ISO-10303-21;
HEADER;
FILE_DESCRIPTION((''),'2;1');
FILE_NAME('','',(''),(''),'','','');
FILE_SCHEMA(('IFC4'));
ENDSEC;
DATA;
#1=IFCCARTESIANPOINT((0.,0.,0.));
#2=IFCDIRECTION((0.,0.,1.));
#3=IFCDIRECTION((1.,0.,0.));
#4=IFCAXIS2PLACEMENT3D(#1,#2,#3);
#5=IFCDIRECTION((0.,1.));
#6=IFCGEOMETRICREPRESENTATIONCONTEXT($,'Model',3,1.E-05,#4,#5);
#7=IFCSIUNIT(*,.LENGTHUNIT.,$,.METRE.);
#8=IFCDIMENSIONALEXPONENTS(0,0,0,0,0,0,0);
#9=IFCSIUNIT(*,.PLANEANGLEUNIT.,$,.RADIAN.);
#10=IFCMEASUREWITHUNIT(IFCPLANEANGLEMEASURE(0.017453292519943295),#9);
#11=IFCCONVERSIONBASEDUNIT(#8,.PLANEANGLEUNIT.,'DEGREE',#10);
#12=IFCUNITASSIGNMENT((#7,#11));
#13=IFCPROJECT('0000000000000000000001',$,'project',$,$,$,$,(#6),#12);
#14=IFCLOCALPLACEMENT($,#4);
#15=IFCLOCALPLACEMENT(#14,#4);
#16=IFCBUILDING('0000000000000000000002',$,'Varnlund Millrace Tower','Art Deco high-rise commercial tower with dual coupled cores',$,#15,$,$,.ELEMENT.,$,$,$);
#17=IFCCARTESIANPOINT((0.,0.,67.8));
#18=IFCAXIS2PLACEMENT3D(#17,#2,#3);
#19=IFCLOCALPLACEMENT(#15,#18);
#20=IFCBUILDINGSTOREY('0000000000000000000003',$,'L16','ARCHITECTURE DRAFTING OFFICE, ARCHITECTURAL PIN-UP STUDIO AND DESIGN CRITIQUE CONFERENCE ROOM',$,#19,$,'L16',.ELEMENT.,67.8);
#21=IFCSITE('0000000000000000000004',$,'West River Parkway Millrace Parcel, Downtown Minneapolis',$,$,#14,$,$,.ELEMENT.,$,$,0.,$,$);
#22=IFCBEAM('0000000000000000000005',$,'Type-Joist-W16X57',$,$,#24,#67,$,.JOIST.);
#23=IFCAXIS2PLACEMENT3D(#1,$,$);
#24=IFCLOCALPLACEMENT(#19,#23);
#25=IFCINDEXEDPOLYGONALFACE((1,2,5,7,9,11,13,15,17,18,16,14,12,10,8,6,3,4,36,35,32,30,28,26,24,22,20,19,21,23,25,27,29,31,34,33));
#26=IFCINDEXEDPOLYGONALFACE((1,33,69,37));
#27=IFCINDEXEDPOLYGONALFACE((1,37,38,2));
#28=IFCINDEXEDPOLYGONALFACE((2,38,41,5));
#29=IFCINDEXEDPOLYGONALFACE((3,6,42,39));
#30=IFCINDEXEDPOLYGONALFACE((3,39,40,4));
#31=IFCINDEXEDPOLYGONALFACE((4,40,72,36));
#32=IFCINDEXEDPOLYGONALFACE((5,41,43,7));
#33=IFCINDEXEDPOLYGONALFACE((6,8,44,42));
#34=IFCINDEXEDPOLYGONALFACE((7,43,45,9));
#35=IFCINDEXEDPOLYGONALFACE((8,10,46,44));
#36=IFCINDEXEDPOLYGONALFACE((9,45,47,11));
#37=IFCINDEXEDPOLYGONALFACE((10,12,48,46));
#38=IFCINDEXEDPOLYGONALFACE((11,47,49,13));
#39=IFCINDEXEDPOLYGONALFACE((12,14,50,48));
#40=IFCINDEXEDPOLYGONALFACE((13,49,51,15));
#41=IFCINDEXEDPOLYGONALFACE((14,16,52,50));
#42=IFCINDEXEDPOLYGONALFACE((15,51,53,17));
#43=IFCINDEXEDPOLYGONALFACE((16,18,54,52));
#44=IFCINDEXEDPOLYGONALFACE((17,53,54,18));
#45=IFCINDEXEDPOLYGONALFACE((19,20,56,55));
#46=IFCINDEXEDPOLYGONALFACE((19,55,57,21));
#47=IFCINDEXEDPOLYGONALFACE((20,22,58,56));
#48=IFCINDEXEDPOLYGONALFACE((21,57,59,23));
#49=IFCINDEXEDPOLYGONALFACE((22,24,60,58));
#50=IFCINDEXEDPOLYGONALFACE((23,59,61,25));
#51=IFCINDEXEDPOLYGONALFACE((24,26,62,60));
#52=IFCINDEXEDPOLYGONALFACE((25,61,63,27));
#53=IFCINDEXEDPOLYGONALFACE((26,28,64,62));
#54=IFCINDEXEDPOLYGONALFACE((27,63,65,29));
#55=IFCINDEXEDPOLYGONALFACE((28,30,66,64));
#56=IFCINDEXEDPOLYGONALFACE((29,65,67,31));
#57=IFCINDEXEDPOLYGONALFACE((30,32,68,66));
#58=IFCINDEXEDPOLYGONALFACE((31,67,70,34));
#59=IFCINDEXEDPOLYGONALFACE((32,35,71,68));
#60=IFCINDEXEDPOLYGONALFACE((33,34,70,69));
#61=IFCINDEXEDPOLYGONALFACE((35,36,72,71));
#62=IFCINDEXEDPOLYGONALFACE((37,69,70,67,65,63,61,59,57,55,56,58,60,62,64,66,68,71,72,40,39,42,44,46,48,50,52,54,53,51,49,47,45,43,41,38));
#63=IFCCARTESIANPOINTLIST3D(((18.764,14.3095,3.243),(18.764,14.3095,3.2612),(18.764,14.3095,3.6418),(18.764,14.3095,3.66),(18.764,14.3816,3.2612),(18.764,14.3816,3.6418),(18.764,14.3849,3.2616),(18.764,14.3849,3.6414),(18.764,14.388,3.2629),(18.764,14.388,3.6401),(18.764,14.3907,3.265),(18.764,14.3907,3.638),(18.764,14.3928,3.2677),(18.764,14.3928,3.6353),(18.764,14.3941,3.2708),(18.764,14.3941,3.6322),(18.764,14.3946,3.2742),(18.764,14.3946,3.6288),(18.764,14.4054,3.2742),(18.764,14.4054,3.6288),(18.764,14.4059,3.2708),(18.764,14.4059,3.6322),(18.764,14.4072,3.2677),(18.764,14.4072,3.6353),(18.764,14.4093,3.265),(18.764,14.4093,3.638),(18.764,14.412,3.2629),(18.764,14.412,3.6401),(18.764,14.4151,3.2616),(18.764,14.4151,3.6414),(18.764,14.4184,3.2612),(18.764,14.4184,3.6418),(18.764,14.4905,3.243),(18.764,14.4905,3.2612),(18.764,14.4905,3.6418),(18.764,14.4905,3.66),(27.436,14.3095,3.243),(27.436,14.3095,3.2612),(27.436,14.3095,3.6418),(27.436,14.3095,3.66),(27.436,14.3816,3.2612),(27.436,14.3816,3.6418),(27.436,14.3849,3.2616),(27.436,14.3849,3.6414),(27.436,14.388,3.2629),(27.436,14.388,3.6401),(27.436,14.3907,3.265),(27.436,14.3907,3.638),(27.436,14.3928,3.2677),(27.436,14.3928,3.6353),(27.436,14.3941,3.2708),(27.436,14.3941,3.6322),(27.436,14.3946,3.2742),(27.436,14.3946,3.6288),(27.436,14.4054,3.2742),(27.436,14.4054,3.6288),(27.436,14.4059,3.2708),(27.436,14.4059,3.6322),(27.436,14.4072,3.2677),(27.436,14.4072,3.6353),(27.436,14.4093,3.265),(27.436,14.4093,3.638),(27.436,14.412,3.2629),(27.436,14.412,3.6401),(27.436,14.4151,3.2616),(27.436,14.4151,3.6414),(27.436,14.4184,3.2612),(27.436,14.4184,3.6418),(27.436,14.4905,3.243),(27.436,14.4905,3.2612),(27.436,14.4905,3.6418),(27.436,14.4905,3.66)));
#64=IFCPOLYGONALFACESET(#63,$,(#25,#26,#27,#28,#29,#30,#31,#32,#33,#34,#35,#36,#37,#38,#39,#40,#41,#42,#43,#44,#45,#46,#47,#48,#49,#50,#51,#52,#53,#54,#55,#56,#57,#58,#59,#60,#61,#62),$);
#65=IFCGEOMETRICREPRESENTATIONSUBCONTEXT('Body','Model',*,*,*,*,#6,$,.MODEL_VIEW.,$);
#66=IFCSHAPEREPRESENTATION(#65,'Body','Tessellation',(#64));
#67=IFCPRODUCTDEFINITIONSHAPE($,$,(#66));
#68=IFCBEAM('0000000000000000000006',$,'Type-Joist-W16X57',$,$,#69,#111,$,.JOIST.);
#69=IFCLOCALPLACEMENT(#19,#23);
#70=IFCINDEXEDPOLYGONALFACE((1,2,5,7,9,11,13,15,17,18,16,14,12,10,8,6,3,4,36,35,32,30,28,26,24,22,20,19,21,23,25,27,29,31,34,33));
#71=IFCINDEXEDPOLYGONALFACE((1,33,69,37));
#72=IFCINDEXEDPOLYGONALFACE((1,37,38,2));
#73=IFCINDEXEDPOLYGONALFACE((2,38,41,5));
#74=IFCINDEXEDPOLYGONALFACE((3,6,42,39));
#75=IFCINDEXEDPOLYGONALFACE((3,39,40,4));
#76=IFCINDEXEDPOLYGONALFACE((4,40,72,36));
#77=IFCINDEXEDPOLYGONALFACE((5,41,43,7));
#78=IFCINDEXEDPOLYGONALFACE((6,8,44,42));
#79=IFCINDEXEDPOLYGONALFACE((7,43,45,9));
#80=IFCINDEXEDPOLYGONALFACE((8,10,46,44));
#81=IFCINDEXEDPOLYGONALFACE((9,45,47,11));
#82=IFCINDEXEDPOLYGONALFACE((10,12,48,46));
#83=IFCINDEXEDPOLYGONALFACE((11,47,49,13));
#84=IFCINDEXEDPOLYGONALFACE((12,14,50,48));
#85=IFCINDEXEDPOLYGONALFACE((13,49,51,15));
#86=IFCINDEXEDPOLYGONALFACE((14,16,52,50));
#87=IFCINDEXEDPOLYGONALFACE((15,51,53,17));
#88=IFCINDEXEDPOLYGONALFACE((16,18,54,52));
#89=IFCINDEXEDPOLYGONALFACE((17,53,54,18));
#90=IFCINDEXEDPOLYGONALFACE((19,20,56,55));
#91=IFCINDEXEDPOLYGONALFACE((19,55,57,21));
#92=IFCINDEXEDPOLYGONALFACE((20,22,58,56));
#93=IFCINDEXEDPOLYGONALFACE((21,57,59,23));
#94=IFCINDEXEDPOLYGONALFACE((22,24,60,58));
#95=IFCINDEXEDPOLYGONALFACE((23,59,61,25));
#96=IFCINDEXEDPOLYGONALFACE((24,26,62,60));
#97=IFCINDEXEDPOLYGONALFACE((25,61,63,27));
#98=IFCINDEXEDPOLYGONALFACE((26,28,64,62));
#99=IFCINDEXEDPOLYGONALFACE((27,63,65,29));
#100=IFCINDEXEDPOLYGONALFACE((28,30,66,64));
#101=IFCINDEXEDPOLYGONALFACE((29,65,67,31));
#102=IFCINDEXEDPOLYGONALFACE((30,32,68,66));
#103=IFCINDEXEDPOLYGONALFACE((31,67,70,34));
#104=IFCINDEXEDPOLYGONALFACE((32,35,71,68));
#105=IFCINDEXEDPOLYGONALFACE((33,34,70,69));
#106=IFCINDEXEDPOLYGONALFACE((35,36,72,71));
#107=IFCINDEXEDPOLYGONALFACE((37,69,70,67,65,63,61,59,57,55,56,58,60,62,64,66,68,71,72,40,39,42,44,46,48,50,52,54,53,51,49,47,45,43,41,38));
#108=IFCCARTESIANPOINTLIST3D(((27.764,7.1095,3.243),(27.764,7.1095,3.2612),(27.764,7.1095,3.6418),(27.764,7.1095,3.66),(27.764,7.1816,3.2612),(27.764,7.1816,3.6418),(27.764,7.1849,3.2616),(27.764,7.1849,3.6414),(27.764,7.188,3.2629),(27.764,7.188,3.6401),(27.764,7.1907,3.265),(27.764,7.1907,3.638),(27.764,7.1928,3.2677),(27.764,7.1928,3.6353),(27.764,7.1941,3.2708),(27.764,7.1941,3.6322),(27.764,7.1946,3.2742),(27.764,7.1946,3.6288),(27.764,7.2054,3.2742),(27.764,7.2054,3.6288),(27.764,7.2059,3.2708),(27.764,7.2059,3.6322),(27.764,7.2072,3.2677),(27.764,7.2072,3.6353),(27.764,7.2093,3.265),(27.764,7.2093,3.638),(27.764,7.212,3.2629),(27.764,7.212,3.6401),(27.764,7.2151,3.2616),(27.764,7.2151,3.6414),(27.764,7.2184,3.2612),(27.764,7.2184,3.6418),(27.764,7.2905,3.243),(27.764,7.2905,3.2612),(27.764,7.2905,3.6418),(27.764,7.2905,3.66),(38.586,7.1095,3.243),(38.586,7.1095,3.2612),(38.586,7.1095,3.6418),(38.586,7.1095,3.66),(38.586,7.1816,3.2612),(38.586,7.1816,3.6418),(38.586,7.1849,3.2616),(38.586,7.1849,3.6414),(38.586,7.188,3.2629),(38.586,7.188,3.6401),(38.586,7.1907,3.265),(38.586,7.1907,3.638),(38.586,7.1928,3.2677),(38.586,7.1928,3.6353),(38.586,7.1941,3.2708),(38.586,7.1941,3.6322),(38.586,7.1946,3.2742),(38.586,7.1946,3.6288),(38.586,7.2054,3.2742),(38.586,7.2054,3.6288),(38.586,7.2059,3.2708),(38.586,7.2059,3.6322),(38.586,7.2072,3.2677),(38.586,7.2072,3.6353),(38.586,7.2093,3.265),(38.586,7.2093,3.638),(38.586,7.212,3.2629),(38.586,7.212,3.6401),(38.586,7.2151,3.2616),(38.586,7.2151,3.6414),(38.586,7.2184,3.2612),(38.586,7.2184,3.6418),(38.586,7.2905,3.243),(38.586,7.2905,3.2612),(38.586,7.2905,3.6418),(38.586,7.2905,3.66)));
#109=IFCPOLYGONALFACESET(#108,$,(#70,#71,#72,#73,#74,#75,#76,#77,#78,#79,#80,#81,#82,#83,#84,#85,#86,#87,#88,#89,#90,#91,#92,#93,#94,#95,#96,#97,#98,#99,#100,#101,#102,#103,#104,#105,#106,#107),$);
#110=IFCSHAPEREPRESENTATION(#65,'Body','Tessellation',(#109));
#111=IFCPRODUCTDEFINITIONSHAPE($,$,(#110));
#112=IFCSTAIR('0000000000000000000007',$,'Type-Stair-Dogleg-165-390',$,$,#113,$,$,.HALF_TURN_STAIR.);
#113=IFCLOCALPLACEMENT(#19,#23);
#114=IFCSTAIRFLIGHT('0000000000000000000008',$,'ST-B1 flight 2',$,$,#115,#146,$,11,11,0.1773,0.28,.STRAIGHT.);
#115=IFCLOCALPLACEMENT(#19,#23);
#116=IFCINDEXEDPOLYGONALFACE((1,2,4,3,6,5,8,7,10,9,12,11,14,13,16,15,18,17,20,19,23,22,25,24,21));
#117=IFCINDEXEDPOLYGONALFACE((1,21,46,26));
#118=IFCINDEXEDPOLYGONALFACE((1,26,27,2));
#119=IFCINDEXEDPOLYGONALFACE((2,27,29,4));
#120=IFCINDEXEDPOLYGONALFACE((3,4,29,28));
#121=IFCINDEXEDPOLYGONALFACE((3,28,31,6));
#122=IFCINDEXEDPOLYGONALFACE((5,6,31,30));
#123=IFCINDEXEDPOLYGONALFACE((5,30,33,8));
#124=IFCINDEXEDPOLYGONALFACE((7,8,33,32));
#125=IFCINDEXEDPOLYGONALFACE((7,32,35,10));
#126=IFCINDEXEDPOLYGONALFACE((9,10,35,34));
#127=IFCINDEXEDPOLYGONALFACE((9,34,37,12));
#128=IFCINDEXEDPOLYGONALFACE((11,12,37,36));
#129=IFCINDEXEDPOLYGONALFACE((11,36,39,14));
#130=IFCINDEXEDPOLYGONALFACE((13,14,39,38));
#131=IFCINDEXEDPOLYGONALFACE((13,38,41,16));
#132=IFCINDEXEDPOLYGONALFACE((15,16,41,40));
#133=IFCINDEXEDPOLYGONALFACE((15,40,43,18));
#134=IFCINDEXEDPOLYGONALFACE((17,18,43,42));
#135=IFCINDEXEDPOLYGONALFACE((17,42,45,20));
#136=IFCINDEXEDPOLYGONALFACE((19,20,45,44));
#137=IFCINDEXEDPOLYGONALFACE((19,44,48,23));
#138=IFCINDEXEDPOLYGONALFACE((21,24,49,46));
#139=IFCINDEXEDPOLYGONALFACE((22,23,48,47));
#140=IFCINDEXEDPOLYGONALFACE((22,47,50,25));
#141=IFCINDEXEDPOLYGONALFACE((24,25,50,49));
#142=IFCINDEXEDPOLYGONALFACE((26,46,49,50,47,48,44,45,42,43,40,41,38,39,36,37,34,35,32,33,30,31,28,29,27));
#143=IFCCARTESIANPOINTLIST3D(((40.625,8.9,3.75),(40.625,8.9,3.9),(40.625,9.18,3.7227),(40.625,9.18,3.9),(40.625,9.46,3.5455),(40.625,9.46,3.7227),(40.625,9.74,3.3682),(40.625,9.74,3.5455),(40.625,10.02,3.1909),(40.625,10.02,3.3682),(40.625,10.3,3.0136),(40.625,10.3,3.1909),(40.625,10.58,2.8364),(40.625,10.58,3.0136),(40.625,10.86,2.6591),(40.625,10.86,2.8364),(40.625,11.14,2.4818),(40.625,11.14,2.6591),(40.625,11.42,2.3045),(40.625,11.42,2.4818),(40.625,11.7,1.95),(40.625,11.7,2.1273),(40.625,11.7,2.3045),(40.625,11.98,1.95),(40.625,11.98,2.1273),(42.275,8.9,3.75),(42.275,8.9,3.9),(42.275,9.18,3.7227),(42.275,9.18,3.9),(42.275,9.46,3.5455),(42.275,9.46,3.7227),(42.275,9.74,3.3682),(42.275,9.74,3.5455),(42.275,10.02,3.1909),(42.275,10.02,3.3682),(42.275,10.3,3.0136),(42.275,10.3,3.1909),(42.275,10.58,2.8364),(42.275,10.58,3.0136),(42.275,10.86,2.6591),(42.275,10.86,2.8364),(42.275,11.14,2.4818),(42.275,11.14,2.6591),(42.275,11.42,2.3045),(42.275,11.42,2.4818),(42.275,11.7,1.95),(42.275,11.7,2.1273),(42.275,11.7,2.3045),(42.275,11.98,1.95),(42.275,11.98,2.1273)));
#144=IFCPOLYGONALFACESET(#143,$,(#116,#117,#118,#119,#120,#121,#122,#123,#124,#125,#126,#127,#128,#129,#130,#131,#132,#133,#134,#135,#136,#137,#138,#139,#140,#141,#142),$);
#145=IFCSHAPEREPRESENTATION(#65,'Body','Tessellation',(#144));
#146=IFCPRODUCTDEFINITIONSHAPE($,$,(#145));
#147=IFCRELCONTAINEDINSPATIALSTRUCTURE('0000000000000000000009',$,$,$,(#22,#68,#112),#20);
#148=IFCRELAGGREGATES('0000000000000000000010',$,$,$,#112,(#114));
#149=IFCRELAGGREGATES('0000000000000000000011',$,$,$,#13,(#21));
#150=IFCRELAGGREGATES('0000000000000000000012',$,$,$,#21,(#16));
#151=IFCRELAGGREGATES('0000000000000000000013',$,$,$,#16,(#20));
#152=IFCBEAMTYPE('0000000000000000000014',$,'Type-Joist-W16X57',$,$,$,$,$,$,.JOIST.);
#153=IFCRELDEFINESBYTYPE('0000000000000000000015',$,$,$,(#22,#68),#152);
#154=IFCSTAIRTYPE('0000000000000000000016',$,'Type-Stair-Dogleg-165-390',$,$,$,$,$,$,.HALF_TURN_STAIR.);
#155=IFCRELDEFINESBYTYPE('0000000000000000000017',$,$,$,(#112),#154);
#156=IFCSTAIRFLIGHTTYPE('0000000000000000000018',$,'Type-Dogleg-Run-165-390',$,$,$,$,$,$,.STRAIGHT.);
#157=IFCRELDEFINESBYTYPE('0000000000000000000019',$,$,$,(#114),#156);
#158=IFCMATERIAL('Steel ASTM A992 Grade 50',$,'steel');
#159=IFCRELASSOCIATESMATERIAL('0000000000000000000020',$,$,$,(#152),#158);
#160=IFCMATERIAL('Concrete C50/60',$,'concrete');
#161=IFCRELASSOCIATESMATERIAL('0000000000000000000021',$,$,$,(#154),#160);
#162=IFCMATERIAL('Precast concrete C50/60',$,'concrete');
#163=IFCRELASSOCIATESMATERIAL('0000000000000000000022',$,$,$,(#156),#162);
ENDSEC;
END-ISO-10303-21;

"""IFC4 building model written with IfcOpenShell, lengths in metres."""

from ifc_helpers import new_model, entity, si_unit, converted_unit, direction, frame, origin_with_axes, origin_2d_with_axis, place, context, subcontext, project, spatial, polyline, i_section, outline, extrude, material, material_profile, profile_set, type_object, element, aggregate, save


model = new_model("IFC4")

# Units and contexts
model_context = context("Model", 3, precision=1e-05, world=origin_with_axes(), true_north=direction((0.0, 1.0)))
body_context = subcontext(model_context, "Body", "Model", "MODEL_VIEW")
ifc_project = project(units=[si_unit("LENGTHUNIT", "METRE"), converted_unit("PLANEANGLEUNIT", "DEGREE", entity("IfcPlaneAngleMeasure", 0.017453292519943295), si_unit("PLANEANGLEUNIT", "RADIAN"), dimensions=[0, 0, 0, 0, 0, 0, 0])], contexts=[model_context])

# Site, building, storey
site_placement = place(None, origin_with_axes())
site = spatial("IfcSite", under=ifc_project, at=site_placement, Name="West River Parkway Millrace Parcel, Downtown Minneapolis", CompositionType="ELEMENT", RefElevation=0.0)
building_placement = place(site_placement, origin_with_axes())
building = spatial("IfcBuilding", under=site, at=building_placement, Name="Varnlund Millrace Tower", Description="Art Deco high-rise commercial tower with dual coupled cores", CompositionType="ELEMENT")
storey_placement = place(building_placement, frame((0.0, 0.0, 67.8), z_axis=(0.0, 0.0, 1.0), x_axis=(1.0, 0.0, 0.0)))
storey = spatial("IfcBuildingStorey", under=building, at=storey_placement, Name="L16", Description="ARCHITECTURE DRAFTING OFFICE, ARCHITECTURAL PIN-UP STUDIO AND DESIGN CRITIQUE CONFERENCE ROOM", LongName="L16", CompositionType="ELEMENT", Elevation=67.8)

# Beams
ifc_material_1 = material(Name="Steel ASTM A992 Grade 50", Category="steel")
ifc_material_profile_1 = material_profile(ifc_material_1, i_section(OverallWidth=0.181, OverallDepth=0.417, WebThickness=0.0109, FlangeThickness=0.0182, FilletRadius=0.013, at=origin_2d_with_axis()), Name="Steel ASTM A992 Grade 50")
ifc_profile_set_1 = profile_set([ifc_material_profile_1], Name="Steel ASTM A992 Grade 50")
beam_type_1 = type_object("IfcBeamType", Name="Type-Joist-W16X57", PredefinedType="JOIST", material=ifc_profile_set_1)
for number, where, z_axis, x_axis, name in (
    (1, (18.764, 14.4, 3.4515), (1.0, 0.0, 0.0), (0.0, 1.0, 0.0), "Type-Joist-W16X57"),
):
    element("IfcBeam", number, at=place(storey_placement, frame(where, z_axis=z_axis, x_axis=x_axis)), inside=storey, type_object=beam_type_1, Name=name, PredefinedType="JOIST", context=body_context, shape_type="SweptSolid", body=[
        extrude(i_section(OverallWidth=0.181, OverallDepth=0.417, WebThickness=0.0109, FlangeThickness=0.0182, FilletRadius=0.013, at=origin_2d_with_axis()), origin_with_axes(), (0.0, 0.0, 1.0), 8.672),
    ])
beam_1_placement = place(storey_placement, frame((27.764, 7.2, 3.4515), z_axis=(1.0, 0.0, 0.0), x_axis=(0.0, 1.0, 0.0)))
element("IfcBeam", 2, at=beam_1_placement, inside=storey, type_object=beam_type_1, Name="Type-Joist-W16X57", PredefinedType="JOIST", context=body_context, shape_type="SweptSolid", body=[
    extrude(i_section(OverallWidth=0.181, OverallDepth=0.417, WebThickness=0.0109, FlangeThickness=0.0182, FilletRadius=0.013, at=origin_2d_with_axis()), origin_with_axes(), (0.0, 0.0, 1.0), 10.822),
])

# Stair, stair flight
ifc_material_2 = material(Name="Concrete C50/60", Category="concrete")
stair_type = type_object("IfcStairType", Name="Type-Stair-Dogleg-165-390", PredefinedType="HALF_TURN_STAIR", material=ifc_material_2)
stair_placement = place(storey_placement, origin_with_axes())
stair = element("IfcStair", 3, at=stair_placement, inside=storey, type_object=stair_type, Name="Type-Stair-Dogleg-165-390", PredefinedType="HALF_TURN_STAIR")
ifc_material_3 = material(Name="Precast concrete C50/60", Category="concrete")
stair_flight_type = type_object("IfcStairFlightType", Name="Type-Dogleg-Run-165-390", PredefinedType="STRAIGHT", material=ifc_material_3)
stair_flight_placement = place(storey_placement, frame((42.275, 11.98, 1.95), z_axis=(-1.0, 0.0, 0.0), x_axis=(0.0, -1.0, 0.0)))
stair_flight = element("IfcStairFlight", 4, at=stair_flight_placement, type_object=stair_flight_type, Name="ST-B1 flight 2", NumberOfRisers=11, NumberOfTreads=11, PredefinedType="STRAIGHT", RiserHeight=0.1773, TreadLength=0.28, context=body_context, shape_type="SweptSolid", body=[
    extrude(outline(polyline([(0.0, 0.0), (0.0, 0.1773), (0.28, 0.1773), (0.28, 0.3545), (0.56, 0.3545), (0.56, 0.5318), (0.84, 0.5318), (0.84, 0.7091), (1.12, 0.7091), (1.12, 0.8864), (1.4, 0.8864), (1.4, 1.0636), (1.68, 1.0636), (1.68, 1.2409), (1.96, 1.2409), (1.96, 1.4182), (2.24, 1.4182), (2.24, 1.5955), (2.52, 1.5955), (2.52, 1.7727), (2.8, 1.7727), (2.8, 1.95), (3.08, 1.95), (3.08, 1.8), (0.28, 0.0), (0.0, 0.0)])), origin_with_axes(), (0.0, 0.0, 1.0), 1.65),
])
aggregate(stair, [stair_flight])

save(model, "model.ifc")
